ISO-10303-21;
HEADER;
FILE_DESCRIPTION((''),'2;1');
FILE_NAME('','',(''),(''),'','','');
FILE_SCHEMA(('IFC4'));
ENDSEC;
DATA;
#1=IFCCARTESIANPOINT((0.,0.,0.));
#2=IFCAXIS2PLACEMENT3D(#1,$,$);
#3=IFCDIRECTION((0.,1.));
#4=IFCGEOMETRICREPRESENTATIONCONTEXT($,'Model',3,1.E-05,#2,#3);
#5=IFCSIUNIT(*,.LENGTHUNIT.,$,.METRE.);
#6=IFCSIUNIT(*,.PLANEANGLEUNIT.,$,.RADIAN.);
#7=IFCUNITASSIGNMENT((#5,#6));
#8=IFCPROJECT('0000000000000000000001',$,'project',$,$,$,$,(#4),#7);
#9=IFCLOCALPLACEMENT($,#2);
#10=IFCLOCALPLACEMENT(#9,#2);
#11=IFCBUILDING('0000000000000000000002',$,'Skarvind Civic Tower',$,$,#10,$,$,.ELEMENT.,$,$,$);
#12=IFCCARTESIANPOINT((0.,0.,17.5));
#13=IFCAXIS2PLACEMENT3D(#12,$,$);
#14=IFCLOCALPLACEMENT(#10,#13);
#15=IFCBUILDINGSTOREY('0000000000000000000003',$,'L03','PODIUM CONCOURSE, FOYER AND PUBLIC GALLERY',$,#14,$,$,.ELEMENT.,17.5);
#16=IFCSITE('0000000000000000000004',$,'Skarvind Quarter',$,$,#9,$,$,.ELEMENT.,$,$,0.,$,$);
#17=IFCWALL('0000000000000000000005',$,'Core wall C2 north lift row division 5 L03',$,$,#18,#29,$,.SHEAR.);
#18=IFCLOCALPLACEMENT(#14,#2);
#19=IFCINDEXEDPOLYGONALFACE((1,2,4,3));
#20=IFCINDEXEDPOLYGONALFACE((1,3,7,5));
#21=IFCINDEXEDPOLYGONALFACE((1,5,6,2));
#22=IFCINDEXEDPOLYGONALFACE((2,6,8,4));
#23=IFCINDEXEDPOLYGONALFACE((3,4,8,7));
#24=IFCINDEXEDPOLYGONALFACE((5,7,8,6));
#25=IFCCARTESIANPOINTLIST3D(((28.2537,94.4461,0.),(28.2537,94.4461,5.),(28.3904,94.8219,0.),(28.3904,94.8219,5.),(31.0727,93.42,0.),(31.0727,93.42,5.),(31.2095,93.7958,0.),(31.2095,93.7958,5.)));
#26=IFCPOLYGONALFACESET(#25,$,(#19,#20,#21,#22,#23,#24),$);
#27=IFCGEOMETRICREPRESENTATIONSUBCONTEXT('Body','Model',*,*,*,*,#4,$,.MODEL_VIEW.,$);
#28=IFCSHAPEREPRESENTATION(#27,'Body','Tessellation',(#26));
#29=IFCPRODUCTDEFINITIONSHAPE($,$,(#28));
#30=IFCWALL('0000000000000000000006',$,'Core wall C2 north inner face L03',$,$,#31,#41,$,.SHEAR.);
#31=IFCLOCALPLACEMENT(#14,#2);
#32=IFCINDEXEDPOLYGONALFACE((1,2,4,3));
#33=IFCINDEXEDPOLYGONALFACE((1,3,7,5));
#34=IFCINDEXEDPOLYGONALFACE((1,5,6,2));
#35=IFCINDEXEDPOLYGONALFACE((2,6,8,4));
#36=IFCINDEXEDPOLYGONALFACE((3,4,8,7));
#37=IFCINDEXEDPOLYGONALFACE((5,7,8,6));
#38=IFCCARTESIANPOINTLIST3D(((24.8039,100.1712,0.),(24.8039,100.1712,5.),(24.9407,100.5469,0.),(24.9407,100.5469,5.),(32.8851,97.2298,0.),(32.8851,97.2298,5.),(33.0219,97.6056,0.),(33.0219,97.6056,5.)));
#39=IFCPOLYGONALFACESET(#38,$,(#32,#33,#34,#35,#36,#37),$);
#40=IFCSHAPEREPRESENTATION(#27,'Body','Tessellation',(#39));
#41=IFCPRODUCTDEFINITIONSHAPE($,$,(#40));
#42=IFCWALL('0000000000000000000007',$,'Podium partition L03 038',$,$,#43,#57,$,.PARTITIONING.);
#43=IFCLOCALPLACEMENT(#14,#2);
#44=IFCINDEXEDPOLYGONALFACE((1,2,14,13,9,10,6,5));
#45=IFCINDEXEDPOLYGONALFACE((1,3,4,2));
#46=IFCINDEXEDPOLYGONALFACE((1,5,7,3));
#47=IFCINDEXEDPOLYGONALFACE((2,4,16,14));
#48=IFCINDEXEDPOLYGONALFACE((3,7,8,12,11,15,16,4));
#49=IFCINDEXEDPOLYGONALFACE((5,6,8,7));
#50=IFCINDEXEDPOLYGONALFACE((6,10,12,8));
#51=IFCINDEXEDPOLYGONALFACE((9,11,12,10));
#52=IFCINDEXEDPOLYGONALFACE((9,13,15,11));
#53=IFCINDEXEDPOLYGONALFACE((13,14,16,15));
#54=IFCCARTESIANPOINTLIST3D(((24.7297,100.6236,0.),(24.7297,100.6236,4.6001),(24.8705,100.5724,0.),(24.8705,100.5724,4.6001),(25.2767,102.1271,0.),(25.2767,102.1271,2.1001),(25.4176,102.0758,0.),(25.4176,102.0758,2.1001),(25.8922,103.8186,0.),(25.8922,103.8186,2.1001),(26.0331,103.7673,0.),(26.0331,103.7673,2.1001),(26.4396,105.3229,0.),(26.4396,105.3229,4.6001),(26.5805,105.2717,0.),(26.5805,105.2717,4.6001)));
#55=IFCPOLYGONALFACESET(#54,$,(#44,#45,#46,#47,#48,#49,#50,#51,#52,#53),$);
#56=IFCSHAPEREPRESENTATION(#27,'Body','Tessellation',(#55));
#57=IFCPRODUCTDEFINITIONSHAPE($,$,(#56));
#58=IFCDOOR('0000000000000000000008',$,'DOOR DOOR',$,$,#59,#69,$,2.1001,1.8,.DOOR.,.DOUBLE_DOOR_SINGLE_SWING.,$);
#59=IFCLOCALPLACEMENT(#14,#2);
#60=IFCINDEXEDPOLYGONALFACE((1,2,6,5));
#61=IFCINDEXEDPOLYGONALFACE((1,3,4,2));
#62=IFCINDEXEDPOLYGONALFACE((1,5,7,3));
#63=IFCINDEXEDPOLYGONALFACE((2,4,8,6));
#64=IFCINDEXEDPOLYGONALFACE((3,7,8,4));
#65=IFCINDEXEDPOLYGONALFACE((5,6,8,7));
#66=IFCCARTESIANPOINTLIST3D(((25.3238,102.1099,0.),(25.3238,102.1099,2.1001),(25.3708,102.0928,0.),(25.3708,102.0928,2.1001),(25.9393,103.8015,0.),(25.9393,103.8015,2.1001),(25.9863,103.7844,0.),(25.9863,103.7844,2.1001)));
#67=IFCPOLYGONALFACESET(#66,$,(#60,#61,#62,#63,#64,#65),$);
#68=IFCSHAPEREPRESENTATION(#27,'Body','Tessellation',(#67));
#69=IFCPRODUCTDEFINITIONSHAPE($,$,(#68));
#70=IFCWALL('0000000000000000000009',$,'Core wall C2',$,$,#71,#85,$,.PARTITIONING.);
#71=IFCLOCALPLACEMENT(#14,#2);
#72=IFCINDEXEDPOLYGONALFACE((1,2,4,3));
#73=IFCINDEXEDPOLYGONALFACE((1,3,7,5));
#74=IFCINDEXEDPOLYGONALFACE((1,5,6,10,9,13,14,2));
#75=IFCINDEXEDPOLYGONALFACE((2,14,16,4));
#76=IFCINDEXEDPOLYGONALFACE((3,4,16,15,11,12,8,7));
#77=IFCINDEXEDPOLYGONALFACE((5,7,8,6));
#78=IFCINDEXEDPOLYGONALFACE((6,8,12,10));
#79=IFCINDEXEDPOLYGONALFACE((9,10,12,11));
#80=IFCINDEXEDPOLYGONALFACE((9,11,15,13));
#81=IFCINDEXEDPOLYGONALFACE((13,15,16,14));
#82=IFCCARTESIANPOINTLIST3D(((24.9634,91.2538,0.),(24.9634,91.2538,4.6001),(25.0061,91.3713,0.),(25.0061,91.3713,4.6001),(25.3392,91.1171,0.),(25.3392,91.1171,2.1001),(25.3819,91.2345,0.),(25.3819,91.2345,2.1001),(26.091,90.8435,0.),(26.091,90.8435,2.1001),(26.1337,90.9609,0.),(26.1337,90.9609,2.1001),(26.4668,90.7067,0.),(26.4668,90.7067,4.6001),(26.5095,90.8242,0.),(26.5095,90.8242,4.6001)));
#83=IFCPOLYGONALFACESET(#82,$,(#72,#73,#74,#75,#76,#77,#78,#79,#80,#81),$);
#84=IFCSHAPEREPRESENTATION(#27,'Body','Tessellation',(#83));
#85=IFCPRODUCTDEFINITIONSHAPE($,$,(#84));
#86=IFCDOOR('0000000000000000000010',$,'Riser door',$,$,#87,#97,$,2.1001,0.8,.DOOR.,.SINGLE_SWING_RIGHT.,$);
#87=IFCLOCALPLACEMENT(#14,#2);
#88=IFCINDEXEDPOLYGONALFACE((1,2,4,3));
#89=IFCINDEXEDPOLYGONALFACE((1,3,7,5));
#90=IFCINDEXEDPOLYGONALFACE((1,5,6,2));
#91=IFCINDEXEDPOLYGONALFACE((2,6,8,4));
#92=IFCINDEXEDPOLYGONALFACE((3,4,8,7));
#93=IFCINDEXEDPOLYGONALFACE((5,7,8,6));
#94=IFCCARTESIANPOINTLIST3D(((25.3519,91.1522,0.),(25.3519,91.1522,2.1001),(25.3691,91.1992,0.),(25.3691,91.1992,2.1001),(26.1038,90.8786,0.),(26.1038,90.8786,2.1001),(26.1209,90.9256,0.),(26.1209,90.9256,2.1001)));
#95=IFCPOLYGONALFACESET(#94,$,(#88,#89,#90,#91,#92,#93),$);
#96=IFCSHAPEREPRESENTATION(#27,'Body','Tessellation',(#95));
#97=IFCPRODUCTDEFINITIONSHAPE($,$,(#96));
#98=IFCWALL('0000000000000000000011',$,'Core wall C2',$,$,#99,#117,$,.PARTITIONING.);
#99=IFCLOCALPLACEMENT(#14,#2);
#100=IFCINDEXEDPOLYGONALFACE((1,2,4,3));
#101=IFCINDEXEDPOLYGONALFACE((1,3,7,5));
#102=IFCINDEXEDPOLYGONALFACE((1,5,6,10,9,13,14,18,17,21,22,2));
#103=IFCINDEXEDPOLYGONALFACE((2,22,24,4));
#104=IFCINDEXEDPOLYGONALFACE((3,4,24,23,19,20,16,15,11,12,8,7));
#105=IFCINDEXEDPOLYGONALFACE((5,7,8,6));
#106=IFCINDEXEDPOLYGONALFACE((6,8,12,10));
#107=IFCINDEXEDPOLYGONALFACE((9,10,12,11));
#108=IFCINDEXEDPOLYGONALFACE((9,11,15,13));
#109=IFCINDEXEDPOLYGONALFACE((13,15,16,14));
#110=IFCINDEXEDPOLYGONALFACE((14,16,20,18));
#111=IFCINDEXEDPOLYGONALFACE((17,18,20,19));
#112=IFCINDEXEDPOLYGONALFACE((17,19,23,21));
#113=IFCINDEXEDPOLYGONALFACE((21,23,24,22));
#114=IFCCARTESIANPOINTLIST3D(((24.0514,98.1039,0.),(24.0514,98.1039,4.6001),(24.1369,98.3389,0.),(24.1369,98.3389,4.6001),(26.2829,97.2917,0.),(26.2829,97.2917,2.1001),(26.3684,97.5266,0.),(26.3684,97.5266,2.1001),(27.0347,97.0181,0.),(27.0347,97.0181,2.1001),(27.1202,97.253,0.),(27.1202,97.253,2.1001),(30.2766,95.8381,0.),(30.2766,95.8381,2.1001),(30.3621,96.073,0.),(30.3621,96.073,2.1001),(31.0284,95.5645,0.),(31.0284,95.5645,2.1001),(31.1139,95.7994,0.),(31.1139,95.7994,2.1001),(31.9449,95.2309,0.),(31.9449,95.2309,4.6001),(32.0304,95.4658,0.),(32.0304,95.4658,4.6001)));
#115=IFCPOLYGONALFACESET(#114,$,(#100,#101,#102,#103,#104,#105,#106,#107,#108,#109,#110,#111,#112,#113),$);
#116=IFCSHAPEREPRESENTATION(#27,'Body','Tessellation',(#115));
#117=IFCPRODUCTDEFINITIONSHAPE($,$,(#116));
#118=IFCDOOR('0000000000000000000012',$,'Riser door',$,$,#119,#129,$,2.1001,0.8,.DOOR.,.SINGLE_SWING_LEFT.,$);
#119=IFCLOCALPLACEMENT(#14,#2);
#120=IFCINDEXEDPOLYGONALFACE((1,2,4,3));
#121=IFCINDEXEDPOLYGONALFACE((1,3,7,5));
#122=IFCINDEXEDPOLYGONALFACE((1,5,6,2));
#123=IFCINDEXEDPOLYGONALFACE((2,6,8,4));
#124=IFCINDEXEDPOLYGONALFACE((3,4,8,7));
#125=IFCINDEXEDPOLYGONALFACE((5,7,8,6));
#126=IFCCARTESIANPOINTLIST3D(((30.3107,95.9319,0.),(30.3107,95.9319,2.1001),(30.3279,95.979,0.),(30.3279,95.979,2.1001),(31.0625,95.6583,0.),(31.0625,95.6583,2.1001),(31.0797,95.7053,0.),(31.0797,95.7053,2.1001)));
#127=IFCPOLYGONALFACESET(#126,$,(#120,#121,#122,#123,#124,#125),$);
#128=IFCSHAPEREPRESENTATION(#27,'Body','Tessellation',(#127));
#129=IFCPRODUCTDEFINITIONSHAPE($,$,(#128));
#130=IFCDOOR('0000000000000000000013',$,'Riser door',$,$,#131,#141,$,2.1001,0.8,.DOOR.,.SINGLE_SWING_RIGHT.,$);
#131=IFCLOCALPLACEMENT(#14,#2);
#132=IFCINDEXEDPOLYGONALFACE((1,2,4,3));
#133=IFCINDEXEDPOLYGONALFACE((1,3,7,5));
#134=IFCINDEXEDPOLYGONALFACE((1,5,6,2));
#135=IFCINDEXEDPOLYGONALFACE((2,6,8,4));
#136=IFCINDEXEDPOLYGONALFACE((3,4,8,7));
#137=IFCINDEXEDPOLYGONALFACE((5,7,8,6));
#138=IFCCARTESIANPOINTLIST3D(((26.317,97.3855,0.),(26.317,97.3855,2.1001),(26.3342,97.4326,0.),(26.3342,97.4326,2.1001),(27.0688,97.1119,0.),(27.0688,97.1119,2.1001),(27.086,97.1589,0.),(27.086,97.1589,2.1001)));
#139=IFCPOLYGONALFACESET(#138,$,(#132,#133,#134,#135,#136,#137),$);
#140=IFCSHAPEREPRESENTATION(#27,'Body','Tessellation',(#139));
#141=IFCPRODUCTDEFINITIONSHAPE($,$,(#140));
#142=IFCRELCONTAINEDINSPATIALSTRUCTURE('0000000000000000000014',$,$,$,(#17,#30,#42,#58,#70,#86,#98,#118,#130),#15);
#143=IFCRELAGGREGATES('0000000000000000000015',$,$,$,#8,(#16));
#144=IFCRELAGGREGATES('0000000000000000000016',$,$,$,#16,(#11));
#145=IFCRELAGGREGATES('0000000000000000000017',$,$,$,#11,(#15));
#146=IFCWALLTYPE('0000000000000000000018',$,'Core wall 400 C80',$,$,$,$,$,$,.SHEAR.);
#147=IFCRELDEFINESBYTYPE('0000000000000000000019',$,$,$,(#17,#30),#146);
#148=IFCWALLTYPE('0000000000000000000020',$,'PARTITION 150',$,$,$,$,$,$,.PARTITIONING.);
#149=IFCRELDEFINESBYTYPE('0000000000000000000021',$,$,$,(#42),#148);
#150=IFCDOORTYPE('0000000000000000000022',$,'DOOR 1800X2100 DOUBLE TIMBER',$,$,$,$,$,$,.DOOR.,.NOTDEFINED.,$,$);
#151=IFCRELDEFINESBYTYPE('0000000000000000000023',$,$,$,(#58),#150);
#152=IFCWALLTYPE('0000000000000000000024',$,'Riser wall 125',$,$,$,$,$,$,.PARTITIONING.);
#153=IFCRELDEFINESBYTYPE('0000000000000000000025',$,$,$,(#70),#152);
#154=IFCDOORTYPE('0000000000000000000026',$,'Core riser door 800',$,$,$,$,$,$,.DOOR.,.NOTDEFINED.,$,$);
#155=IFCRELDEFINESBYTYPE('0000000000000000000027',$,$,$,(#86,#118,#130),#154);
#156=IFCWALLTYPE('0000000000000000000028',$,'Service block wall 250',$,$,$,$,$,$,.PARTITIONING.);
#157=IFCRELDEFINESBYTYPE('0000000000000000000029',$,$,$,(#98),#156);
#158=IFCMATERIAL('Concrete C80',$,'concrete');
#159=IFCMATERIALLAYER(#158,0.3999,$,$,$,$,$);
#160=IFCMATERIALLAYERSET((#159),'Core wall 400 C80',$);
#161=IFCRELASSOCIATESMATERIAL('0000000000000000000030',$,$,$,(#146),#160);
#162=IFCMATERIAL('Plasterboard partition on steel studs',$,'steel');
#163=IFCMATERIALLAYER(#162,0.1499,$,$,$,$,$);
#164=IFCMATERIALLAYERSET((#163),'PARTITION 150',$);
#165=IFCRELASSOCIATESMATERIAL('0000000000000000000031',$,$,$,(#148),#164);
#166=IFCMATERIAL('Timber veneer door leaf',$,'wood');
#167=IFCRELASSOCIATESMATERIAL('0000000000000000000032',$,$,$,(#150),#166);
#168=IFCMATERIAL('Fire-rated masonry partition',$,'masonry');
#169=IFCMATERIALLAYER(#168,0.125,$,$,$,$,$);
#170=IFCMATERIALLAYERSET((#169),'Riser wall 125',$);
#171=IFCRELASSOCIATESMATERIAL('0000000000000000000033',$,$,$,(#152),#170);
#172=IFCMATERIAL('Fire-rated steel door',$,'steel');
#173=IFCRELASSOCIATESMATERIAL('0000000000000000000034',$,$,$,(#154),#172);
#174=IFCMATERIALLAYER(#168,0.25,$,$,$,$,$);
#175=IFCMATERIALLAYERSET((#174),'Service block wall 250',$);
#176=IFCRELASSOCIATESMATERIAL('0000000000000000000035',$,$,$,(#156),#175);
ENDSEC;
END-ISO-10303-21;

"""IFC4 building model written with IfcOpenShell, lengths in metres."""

from ifc_helpers import new_model, si_unit, direction, frame, frame_2d, origin, place, context, subcontext, project, spatial, rectangle, extrude, material, layer, layer_set, type_object, element, fill, save


model = new_model("IFC4")

# Units and contexts
model_context = context("Model", 3, precision=1e-05, world=origin(), true_north=direction((0.0, 1.0)))
body_context = subcontext(model_context, "Body", "Model", "MODEL_VIEW")
ifc_project = project(units=[si_unit("LENGTHUNIT", "METRE"), si_unit("PLANEANGLEUNIT", "RADIAN")], contexts=[model_context])

# Site, building, storey
site_placement = place(None, origin())
site = spatial("IfcSite", under=ifc_project, at=site_placement, Name="Skarvind Quarter", CompositionType="ELEMENT", RefElevation=0.0)
building_placement = place(site_placement, origin())
building = spatial("IfcBuilding", under=site, at=building_placement, Name="Skarvind Civic Tower", CompositionType="ELEMENT")
storey_placement = place(building_placement, frame((0.0, 0.0, 17.5)))
storey = spatial("IfcBuildingStorey", under=building, at=storey_placement, Name="L03", Description="PODIUM CONCOURSE, FOYER AND PUBLIC GALLERY", CompositionType="ELEMENT", Elevation=17.5)

# Shared definitions
ifc_material_1 = material(Name="Fire-rated masonry partition", Category="masonry")
ifc_material_2 = material(Name="Fire-rated steel door", Category="steel")

# Shared definitions
ifc_material_3 = material(Name="Concrete C80", Category="concrete")
ifc_layer_1 = layer(ifc_material_3, 0.3999)
ifc_layer_set_1 = layer_set([ifc_layer_1], Name="Core wall 400 C80")
wall_type_1 = type_object("IfcWallType", Name="Core wall 400 C80", PredefinedType="SHEAR", material=ifc_layer_set_1)

# Walls
for number, where, z_axis, x_axis, name in (
    (1, (31.1411, 93.6079, 0.0), (0.0, 0.0, 1.0), (-0.939686, 0.342037, 0.0), "Core wall C2 north lift row division 5 L03"),
):
    element("IfcWall", number, at=place(storey_placement, frame(where, z_axis=z_axis, x_axis=x_axis)), inside=storey, type_object=wall_type_1, Name=name, PredefinedType="SHEAR", context=body_context, shape_type="SweptSolid", body=[
        extrude(rectangle(XDim=3.0, YDim=0.3999, at=frame_2d((1.5, 0.0))), origin(), (0.0, 0.0, 1.0), 5.0),
    ])
wall_1_placement = place(storey_placement, frame((32.9534, 97.4177, 0.0), z_axis=(0.0, 0.0, 1.0), x_axis=(-0.939691, 0.342026, 0.0)))
element("IfcWall", 2, at=wall_1_placement, inside=storey, type_object=wall_type_1, Name="Core wall C2 north inner face L03", PredefinedType="SHEAR", context=body_context, shape_type="SweptSolid", body=[
    extrude(rectangle(XDim=8.5999, YDim=0.3999, at=frame_2d((4.2998, 0.0))), origin(), (0.0, 0.0, 1.0), 5.0),
])

# Walls, openings, doors
ifc_material_4 = material(Name="Plasterboard partition on steel studs", Category="steel")
ifc_layer_2 = layer(ifc_material_4, 0.1499)
ifc_layer_set_2 = layer_set([ifc_layer_2], Name="PARTITION 150")
wall_type_2 = type_object("IfcWallType", Name="PARTITION 150", PredefinedType="PARTITIONING", material=ifc_layer_set_2)
wall_2_placement = place(storey_placement, frame((24.8, 100.5979, 0.0), z_axis=(0.0, 0.0, 1.0), x_axis=(0.341947, 0.939719, 0.0)))
wall_2 = element("IfcWall", 3, at=wall_2_placement, inside=storey, type_object=wall_type_2, Name="Podium partition L03 038", PredefinedType="PARTITIONING", context=body_context, shape_type="SweptSolid", body=[
    extrude(rectangle(XDim=5.0007, YDim=0.1499, at=frame_2d((2.5005, 0.0))), origin(), (0.0, 0.0, 1.0), 4.6001),
])
opening_1_placement = place(wall_2_placement, frame((1.6001, 0.0, 0.0)))
opening_1 = element("IfcOpeningElement", 4, at=opening_1_placement, cuts=wall_2, PredefinedType="OPENING", context=body_context, shape_type="SweptSolid", body=[
    extrude(rectangle(XDim=1.8, YDim=2.1001, at=frame_2d((0.8999, 1.05))), frame((0.0, 0.085, 0.0), z_axis=(0.0, -1.0, 0.0), x_axis=(1.0, 0.0, 0.0)), (0.0, 0.0, 1.0), 0.1699),
])
ifc_material_5 = material(Name="Timber veneer door leaf", Category="wood")
door_type_1 = type_object("IfcDoorType", Name="DOOR 1800X2100 DOUBLE TIMBER", OperationType="NOTDEFINED", PredefinedType="DOOR", material=ifc_material_5)
door_1_placement = place(opening_1_placement, origin())
door_1 = element("IfcDoor", 5, at=door_1_placement, inside=storey, type_object=door_type_1, Name="DOOR DOOR", OperationType="DOUBLE_DOOR_SINGLE_SWING", OverallHeight=2.1001, OverallWidth=1.8, PredefinedType="DOOR", context=body_context, shape_type="SweptSolid", body=[
    extrude(rectangle(XDim=1.8, YDim=2.1001, at=frame_2d((0.8999, 1.05))), frame((0.0, 0.0249, 0.0), z_axis=(0.0, -1.0, 0.0), x_axis=(1.0, 0.0, 0.0)), (0.0, 0.0, 1.0), 0.05),
])
fill(opening_1, door_1)
ifc_layer_3 = layer(ifc_material_1, 0.125)
ifc_layer_set_3 = layer_set([ifc_layer_3], Name="Riser wall 125")
wall_type_3 = type_object("IfcWallType", Name="Riser wall 125", PredefinedType="PARTITIONING", material=ifc_layer_set_3)
wall_3_placement = place(storey_placement, frame((24.9849, 91.3125, 0.0), z_axis=(0.0, 0.0, 1.0), x_axis=(0.939709, -0.341976, 0.0)))
wall_3 = element("IfcWall", 6, at=wall_3_placement, inside=storey, type_object=wall_type_3, Name="Core wall C2", PredefinedType="PARTITIONING", context=body_context, shape_type="SweptSolid", body=[
    extrude(rectangle(XDim=1.5999, YDim=0.125, at=frame_2d((0.7998, 0.0))), origin(), (0.0, 0.0, 1.0), 4.6001),
])
opening_2_placement = place(wall_3_placement, frame((0.3999, 0.0, 0.0)))
opening_2 = element("IfcOpeningElement", 7, at=opening_2_placement, cuts=wall_3, PredefinedType="OPENING", context=body_context, shape_type="SweptSolid", body=[
    extrude(rectangle(XDim=0.8, YDim=2.1001, at=frame_2d((0.3999, 1.05))), frame((0.0, 0.0725, 0.0), z_axis=(0.0, -1.0, 0.0), x_axis=(1.0, 0.0, 0.0)), (0.0, 0.0, 1.0), 0.145),
])
door_type_2 = type_object("IfcDoorType", Name="Core riser door 800", OperationType="NOTDEFINED", PredefinedType="DOOR", material=ifc_material_2)
door_2_placement = place(opening_2_placement, origin())
door_2 = element("IfcDoor", 8, at=door_2_placement, inside=storey, type_object=door_type_2, Name="Riser door", OperationType="SINGLE_SWING_RIGHT", OverallHeight=2.1001, OverallWidth=0.8, PredefinedType="DOOR", context=body_context, shape_type="SweptSolid", body=[
    extrude(rectangle(XDim=0.8, YDim=2.1001, at=frame_2d((0.3999, 1.05))), frame((0.0, 0.0249, 0.0), z_axis=(0.0, -1.0, 0.0), x_axis=(1.0, 0.0, 0.0)), (0.0, 0.0, 1.0), 0.05),
])
fill(opening_2, door_2)

# Wall, openings, doors
ifc_layer_4 = layer(ifc_material_1, 0.25)
ifc_layer_set_4 = layer_set([ifc_layer_4], Name="Service block wall 250")
wall_type_4 = type_object("IfcWallType", Name="Service block wall 250", PredefinedType="PARTITIONING", material=ifc_layer_set_4)
wall_4_placement = place(storey_placement, frame((24.094, 98.2214, 0.0), z_axis=(0.0, 0.0, 1.0), x_axis=(0.939692, -0.342023, 0.0)))
wall_4 = element("IfcWall", 9, at=wall_4_placement, inside=storey, type_object=wall_type_4, Name="Core wall C2", PredefinedType="PARTITIONING", context=body_context, shape_type="SweptSolid", body=[
    extrude(rectangle(XDim=8.4001, YDim=0.25, at=frame_2d((4.2002, 0.0))), origin(), (0.0, 0.0, 1.0), 4.6001),
])
opening_3_placement = place(wall_4_placement, frame((6.625, 0.0, 0.0)))
opening_3 = element("IfcOpeningElement", 10, at=opening_3_placement, cuts=wall_4, PredefinedType="OPENING", context=body_context, shape_type="SweptSolid", body=[
    extrude(rectangle(XDim=0.8, YDim=2.1001, at=frame_2d((0.3999, 1.05))), frame((0.0, 0.135, 0.0), z_axis=(0.0, -1.0, 0.0), x_axis=(1.0, 0.0, 0.0)), (0.0, 0.0, 1.0), 0.27),
])
opening_4_placement = place(wall_4_placement, frame((2.375, 0.0, 0.0)))
opening_4 = element("IfcOpeningElement", 11, at=opening_4_placement, cuts=wall_4, PredefinedType="OPENING", context=body_context, shape_type="SweptSolid", body=[
    extrude(rectangle(XDim=0.8, YDim=2.1001, at=frame_2d((0.3999, 1.05))), frame((0.0, 0.135, 0.0), z_axis=(0.0, -1.0, 0.0), x_axis=(1.0, 0.0, 0.0)), (0.0, 0.0, 1.0), 0.27),
])
door_3_placement = place(opening_3_placement, origin())
door_3 = element("IfcDoor", 12, at=door_3_placement, inside=storey, type_object=door_type_2, Name="Riser door", OperationType="SINGLE_SWING_LEFT", OverallHeight=2.1001, OverallWidth=0.8, PredefinedType="DOOR", context=body_context, shape_type="SweptSolid", body=[
    extrude(rectangle(XDim=0.8, YDim=2.1001, at=frame_2d((0.3999, 1.05))), frame((0.0, 0.0249, 0.0), z_axis=(0.0, -1.0, 0.0), x_axis=(1.0, 0.0, 0.0)), (0.0, 0.0, 1.0), 0.05),
])
fill(opening_3, door_3)
door_4_placement = place(opening_4_placement, origin())
door_4 = element("IfcDoor", 13, at=door_4_placement, inside=storey, type_object=door_type_2, Name="Riser door", OperationType="SINGLE_SWING_RIGHT", OverallHeight=2.1001, OverallWidth=0.8, PredefinedType="DOOR", context=body_context, shape_type="SweptSolid", body=[
    extrude(rectangle(XDim=0.8, YDim=2.1001, at=frame_2d((0.3999, 1.05))), frame((0.0, 0.0249, 0.0), z_axis=(0.0, -1.0, 0.0), x_axis=(1.0, 0.0, 0.0)), (0.0, 0.0, 1.0), 0.05),
])
fill(opening_4, door_4)

save(model, "model.ifc")
